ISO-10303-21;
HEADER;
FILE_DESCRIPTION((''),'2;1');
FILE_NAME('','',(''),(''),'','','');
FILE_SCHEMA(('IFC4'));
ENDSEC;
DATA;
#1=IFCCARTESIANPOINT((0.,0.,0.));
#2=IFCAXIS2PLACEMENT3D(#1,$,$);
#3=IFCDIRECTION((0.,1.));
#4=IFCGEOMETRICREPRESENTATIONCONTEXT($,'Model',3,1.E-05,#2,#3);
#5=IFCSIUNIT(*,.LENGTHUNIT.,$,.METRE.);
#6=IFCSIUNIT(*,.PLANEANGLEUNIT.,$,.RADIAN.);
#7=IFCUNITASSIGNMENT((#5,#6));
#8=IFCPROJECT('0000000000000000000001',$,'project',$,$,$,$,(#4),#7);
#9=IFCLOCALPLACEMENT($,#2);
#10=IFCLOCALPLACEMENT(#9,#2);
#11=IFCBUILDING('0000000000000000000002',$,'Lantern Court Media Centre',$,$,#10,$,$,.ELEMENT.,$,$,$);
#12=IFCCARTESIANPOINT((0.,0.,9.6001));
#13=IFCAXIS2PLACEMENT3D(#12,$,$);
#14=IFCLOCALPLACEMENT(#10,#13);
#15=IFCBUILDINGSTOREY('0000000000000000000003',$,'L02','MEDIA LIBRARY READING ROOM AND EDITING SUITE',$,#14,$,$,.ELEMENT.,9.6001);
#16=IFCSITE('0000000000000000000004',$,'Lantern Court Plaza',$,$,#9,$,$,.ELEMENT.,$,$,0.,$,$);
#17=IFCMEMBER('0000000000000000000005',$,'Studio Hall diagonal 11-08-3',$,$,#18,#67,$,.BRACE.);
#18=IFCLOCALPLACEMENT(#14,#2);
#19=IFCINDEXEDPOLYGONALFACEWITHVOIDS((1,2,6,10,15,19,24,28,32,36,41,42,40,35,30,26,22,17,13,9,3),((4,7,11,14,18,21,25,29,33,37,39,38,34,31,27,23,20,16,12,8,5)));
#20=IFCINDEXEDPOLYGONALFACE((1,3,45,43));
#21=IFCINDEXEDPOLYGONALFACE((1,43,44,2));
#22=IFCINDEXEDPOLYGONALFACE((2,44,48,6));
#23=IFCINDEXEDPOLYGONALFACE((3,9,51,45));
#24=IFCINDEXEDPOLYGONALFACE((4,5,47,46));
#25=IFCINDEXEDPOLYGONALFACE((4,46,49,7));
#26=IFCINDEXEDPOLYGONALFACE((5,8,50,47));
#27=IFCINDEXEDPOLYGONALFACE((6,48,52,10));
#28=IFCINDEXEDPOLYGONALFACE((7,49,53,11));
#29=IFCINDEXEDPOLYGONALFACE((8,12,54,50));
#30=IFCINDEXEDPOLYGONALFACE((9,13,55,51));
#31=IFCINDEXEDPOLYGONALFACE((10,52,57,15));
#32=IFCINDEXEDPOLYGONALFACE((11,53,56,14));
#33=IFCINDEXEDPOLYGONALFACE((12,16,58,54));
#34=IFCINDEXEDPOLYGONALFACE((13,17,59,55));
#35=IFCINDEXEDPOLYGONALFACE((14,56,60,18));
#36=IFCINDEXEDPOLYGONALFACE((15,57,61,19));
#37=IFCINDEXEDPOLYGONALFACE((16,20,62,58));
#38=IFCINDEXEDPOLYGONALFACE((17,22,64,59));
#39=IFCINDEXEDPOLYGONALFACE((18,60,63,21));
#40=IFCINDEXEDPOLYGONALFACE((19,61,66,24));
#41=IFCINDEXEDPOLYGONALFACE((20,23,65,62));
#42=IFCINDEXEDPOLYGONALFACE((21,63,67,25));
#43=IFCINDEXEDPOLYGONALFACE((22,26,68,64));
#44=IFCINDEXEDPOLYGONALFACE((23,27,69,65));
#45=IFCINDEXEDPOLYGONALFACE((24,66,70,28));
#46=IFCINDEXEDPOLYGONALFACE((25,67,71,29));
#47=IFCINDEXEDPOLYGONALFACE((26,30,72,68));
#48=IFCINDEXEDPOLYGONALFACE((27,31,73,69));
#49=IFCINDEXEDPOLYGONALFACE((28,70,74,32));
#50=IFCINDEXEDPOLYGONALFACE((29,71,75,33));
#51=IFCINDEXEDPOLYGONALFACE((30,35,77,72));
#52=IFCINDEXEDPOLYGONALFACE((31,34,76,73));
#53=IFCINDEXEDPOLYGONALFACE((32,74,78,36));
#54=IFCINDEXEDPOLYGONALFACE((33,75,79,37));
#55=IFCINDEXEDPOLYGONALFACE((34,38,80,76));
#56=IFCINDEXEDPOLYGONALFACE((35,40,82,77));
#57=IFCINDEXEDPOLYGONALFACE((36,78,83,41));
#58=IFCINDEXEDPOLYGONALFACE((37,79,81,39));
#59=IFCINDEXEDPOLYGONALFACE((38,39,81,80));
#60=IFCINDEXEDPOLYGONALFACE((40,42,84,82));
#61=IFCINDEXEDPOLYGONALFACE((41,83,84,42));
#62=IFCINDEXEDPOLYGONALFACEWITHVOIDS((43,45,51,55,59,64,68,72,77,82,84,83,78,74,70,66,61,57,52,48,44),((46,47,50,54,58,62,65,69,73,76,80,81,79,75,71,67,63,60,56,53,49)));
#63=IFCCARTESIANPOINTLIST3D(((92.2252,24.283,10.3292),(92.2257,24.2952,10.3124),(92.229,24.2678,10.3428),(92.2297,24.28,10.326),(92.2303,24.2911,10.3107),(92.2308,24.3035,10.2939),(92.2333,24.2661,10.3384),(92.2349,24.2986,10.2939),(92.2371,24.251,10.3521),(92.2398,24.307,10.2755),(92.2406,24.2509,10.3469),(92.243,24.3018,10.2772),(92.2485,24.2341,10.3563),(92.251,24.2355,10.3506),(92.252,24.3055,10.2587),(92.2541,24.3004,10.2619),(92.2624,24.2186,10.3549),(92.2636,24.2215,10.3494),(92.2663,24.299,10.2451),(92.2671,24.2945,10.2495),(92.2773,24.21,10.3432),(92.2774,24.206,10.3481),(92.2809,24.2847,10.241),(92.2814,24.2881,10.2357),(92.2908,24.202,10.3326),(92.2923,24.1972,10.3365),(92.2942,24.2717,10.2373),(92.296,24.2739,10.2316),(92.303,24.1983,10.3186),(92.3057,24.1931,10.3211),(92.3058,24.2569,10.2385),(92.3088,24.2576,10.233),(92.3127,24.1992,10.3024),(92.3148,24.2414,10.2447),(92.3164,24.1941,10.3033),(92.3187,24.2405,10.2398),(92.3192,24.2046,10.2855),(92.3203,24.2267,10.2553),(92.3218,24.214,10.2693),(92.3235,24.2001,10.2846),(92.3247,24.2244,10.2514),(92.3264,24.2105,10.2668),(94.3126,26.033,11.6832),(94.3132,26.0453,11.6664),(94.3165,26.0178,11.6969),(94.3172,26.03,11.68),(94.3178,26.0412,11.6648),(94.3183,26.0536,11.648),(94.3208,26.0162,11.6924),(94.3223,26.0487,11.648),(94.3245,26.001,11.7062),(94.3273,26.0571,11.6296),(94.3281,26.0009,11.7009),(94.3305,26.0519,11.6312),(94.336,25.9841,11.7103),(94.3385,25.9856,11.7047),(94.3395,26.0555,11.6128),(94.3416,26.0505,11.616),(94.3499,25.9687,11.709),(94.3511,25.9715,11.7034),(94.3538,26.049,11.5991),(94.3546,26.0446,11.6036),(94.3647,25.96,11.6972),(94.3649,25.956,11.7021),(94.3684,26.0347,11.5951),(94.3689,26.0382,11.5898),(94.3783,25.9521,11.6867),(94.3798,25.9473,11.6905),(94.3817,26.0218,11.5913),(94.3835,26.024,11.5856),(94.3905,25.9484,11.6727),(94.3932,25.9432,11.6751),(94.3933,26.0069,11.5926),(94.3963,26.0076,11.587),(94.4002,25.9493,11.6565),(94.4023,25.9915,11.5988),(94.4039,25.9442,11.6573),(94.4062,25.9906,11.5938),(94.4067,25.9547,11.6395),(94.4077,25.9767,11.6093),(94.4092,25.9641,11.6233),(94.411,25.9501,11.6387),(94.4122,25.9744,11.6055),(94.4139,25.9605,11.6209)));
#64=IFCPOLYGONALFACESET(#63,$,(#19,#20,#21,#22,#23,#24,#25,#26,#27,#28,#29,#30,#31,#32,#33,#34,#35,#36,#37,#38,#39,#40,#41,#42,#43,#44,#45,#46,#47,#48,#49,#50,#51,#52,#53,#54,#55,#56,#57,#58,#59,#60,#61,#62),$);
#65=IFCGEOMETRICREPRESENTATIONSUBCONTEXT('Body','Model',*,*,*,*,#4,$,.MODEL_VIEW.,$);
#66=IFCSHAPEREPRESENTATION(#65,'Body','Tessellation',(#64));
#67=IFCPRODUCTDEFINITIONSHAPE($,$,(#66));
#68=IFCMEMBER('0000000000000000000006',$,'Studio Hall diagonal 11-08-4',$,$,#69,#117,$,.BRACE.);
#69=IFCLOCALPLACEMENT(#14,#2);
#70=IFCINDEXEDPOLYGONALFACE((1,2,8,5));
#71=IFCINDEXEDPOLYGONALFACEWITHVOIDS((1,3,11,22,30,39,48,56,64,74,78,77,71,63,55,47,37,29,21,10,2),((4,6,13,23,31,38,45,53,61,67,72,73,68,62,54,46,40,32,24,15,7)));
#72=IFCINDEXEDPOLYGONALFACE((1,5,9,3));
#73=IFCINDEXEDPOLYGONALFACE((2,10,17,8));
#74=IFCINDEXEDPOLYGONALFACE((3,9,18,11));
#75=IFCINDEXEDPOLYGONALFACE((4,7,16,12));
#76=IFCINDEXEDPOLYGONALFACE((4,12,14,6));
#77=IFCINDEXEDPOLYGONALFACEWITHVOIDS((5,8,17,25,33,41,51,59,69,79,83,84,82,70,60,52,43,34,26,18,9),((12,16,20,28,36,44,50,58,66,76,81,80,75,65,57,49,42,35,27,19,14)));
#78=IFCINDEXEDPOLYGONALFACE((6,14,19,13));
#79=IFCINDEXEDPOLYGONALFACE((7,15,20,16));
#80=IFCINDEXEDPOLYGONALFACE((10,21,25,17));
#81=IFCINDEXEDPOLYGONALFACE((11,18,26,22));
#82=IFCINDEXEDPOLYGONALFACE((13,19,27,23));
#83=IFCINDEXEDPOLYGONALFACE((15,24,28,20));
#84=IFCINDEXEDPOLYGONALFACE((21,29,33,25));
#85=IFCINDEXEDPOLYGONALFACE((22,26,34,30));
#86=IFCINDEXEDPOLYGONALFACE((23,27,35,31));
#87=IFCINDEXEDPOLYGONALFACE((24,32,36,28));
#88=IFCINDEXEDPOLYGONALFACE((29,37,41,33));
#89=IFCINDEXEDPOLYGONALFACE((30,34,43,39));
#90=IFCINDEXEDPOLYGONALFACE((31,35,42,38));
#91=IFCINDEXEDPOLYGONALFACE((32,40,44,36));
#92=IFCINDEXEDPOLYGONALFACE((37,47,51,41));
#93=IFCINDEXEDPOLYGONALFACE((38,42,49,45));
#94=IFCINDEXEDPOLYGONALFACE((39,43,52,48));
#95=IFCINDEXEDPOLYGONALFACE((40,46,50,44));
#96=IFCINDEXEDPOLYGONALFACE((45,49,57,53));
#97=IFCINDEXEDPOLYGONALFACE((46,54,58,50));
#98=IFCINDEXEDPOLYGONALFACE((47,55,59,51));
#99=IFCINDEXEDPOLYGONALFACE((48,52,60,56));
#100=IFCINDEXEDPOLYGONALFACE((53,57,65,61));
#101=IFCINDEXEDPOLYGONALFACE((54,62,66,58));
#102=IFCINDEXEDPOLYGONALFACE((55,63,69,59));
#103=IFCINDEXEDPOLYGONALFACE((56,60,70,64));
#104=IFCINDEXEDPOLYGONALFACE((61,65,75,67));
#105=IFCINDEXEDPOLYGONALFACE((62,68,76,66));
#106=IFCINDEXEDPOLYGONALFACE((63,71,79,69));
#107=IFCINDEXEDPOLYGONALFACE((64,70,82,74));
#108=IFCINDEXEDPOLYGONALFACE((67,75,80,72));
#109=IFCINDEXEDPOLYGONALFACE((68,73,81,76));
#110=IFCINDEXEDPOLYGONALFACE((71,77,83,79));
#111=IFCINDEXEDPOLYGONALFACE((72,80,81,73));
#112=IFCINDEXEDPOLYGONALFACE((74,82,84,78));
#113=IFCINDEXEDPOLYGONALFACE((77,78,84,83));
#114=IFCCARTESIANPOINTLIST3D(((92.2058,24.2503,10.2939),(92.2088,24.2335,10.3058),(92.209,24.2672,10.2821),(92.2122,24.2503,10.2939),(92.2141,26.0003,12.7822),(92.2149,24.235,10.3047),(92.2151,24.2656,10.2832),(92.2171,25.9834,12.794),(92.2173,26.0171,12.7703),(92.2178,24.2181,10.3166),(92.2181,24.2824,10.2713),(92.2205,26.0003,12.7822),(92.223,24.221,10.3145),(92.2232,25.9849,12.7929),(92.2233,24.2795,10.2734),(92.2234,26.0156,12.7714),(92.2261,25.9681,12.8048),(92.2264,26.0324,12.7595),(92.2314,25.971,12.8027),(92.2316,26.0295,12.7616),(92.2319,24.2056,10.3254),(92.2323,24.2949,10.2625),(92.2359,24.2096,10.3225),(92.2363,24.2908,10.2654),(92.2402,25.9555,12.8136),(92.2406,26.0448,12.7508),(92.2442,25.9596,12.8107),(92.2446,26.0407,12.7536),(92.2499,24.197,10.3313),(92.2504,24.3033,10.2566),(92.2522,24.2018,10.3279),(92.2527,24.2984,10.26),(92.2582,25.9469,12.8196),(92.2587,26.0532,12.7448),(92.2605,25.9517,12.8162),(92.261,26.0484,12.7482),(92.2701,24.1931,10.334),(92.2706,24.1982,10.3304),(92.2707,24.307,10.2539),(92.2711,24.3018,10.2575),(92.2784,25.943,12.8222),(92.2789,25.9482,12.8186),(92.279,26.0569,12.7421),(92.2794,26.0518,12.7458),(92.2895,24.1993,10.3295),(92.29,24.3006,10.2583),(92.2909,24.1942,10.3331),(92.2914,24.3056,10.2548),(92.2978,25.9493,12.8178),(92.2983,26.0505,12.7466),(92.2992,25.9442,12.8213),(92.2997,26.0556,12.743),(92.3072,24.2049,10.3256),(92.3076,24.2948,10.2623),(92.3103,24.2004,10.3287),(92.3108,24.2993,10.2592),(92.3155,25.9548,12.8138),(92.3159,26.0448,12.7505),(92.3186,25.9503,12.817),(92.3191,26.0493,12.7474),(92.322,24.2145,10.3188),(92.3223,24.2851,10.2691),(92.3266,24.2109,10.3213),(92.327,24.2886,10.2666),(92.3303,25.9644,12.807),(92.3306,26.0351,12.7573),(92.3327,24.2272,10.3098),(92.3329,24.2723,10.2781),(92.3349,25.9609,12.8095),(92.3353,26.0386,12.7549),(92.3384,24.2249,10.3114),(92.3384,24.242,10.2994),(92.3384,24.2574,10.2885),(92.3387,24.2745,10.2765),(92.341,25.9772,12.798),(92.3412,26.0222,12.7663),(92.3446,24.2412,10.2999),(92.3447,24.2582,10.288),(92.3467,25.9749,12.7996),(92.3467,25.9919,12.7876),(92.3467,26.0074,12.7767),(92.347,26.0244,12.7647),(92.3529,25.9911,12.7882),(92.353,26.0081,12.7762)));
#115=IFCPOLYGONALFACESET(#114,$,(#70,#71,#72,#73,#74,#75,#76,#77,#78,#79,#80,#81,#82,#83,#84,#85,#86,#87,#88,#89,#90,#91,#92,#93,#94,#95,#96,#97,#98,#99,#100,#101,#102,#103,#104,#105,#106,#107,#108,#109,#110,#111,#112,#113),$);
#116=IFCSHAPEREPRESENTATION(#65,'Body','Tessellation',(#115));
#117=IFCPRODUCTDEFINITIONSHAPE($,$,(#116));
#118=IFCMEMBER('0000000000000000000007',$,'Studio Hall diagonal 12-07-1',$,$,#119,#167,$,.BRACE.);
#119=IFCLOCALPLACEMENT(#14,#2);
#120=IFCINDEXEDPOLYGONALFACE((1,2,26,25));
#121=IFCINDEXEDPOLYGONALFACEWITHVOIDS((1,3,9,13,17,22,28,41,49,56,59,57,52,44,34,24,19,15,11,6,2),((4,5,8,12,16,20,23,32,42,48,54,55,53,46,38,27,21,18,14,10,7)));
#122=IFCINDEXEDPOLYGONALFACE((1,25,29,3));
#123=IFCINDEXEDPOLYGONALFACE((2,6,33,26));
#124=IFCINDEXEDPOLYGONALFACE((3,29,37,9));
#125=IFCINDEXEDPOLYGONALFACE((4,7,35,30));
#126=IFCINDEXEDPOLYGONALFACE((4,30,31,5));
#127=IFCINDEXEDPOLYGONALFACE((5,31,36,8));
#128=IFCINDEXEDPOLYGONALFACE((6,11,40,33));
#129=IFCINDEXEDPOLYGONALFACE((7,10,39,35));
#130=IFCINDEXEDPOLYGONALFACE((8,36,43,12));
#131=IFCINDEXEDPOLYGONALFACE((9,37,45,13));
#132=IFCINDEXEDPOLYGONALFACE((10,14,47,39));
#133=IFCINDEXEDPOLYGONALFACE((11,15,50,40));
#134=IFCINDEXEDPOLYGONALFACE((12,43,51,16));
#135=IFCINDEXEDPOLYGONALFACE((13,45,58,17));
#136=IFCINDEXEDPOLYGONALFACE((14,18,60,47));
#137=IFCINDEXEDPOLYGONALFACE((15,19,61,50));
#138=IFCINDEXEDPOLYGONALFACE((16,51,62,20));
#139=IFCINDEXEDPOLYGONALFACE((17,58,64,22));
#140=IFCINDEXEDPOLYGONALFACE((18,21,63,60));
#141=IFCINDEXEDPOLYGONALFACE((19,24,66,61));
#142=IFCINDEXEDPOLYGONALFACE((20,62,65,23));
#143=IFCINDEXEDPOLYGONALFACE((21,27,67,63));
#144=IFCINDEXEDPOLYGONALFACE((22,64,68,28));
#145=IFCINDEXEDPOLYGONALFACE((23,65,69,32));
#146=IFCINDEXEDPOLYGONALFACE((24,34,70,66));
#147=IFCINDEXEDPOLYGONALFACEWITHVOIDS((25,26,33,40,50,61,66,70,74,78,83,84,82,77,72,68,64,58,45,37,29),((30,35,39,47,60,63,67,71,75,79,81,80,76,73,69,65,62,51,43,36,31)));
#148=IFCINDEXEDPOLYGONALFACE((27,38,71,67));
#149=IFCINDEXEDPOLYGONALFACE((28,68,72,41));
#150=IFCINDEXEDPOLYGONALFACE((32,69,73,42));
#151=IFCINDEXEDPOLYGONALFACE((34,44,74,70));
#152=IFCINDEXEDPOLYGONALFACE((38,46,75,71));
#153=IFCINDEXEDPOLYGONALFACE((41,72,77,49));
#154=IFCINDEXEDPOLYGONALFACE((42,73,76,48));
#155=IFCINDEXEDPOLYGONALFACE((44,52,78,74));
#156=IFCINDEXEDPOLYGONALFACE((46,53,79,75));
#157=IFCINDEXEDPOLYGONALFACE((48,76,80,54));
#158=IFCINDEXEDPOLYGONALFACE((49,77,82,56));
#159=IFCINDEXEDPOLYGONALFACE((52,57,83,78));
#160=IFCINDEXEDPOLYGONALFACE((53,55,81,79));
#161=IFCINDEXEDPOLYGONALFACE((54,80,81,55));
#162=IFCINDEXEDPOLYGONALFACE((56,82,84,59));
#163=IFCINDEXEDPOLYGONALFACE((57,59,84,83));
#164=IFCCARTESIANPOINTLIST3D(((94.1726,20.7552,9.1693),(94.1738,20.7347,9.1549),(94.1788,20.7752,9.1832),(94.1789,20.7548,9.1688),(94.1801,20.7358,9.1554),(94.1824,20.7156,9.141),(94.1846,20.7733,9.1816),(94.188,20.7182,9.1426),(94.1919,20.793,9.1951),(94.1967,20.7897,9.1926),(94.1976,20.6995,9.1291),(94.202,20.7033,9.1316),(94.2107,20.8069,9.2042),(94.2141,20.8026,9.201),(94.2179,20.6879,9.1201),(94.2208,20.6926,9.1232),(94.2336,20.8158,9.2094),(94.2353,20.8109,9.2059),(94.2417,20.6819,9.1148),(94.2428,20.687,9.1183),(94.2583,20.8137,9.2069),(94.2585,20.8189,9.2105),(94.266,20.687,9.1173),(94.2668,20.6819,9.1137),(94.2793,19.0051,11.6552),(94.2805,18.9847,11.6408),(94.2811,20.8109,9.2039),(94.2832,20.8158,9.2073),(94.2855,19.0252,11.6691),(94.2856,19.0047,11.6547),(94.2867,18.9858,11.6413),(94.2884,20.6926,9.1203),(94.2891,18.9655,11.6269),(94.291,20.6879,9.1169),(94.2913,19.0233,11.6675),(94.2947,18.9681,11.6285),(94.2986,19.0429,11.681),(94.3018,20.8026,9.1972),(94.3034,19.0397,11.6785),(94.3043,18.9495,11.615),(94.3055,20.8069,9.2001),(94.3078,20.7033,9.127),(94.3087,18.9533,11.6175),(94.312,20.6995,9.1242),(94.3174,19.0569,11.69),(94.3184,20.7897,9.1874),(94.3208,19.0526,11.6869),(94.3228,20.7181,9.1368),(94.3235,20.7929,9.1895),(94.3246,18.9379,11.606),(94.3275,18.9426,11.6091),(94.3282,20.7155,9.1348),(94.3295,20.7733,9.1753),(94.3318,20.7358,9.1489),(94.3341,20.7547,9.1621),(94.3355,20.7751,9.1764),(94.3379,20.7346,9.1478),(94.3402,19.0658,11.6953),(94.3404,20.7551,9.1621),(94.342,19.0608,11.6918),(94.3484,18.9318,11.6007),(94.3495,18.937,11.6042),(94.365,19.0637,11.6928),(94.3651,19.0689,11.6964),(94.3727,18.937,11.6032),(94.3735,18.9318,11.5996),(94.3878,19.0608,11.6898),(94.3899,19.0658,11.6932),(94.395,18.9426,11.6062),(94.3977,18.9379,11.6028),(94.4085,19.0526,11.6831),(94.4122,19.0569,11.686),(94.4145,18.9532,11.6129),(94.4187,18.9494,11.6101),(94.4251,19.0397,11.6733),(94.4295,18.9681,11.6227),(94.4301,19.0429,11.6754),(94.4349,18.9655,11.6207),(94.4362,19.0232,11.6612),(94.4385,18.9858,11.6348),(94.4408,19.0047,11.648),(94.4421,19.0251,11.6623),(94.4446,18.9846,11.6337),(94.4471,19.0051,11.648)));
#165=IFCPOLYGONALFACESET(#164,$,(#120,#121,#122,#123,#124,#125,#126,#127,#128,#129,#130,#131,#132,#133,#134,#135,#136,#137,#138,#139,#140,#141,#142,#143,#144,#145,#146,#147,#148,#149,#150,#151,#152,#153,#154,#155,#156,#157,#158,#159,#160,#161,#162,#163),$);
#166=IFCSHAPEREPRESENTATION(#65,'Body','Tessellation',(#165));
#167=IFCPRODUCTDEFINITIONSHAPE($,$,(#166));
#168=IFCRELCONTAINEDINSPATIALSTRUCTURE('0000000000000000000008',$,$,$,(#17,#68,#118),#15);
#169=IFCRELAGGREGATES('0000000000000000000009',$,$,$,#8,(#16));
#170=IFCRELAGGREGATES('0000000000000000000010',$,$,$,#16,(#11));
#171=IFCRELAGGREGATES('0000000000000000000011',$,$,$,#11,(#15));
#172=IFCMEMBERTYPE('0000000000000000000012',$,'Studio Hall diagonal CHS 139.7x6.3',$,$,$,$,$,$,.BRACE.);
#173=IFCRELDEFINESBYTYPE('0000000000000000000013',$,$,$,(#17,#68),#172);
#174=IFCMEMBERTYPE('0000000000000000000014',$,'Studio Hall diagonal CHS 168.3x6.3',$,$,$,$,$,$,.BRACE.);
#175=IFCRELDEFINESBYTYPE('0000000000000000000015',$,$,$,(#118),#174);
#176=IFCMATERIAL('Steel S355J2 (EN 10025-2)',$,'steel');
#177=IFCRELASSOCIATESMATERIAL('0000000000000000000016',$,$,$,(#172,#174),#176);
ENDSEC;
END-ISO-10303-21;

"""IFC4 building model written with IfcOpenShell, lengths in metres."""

from ifc_helpers import new_model, si_unit, direction, frame, origin, origin_2d, place, context, subcontext, project, spatial, hollow_circle, extrude, material, material_profile, profile_set, type_object, element, save


model = new_model("IFC4")

# Units and contexts
model_context = context("Model", 3, precision=1e-05, world=origin(), true_north=direction((0.0, 1.0)))
body_context = subcontext(model_context, "Body", "Model", "MODEL_VIEW")
ifc_project = project(units=[si_unit("LENGTHUNIT", "METRE"), si_unit("PLANEANGLEUNIT", "RADIAN")], contexts=[model_context])

# Site, building, storey
site_placement = place(None, origin())
site = spatial("IfcSite", under=ifc_project, at=site_placement, Name="Lantern Court Plaza", CompositionType="ELEMENT", RefElevation=0.0)
building_placement = place(site_placement, origin())
building = spatial("IfcBuilding", under=site, at=building_placement, Name="Lantern Court Media Centre", CompositionType="ELEMENT")
storey_placement = place(building_placement, frame((0.0, 0.0, 9.6001)))
storey = spatial("IfcBuildingStorey", under=building, at=storey_placement, Name="L02", Description="MEDIA LIBRARY READING ROOM AND EDITING SUITE", CompositionType="ELEMENT", Elevation=9.6001)

# Members
ifc_material = material(Name="Steel S355J2 (EN 10025-2)", Category="steel")
ifc_material_profile_1 = material_profile(ifc_material, hollow_circle(Radius=0.0698, WallThickness=0.0063, at=origin_2d()), Name="Studio Hall diagonal CHS 139.7x6.3")
ifc_profile_set_1 = profile_set([ifc_material_profile_1], Name="Steel S355J2 (EN 10025-2)")
member_type_1 = type_object("IfcMemberType", Name="Studio Hall diagonal CHS 139.7x6.3", PredefinedType="BRACE", material=ifc_profile_set_1)
for number, where, z_axis, x_axis, name in (
    (1, (92.2756, 24.25, 10.2939), (0.68622, 0.575301, 0.44512), (-0.642456, 0.766322, 0.0), "Studio Hall diagonal 11-08-3"),
    (2, (92.2756, 24.25, 10.2939), (0.002729, 0.575269, 0.81796), (-0.999989, 0.004743, 0.0), "Studio Hall diagonal 11-08-4"),
):
    element("IfcMember", number, at=place(storey_placement, frame(where, z_axis=z_axis, x_axis=x_axis)), inside=storey, type_object=member_type_1, Name=name, PredefinedType="BRACE", context=body_context, shape_type="SweptSolid", body=[
        extrude(hollow_circle(Radius=0.0698, WallThickness=0.0063, at=origin_2d()), origin(), (0.0, 0.0, 1.0), 3.042),
    ])
ifc_material_profile_2 = material_profile(ifc_material, hollow_circle(Radius=0.0842, WallThickness=0.0063, at=origin_2d()), Name="Studio Hall diagonal CHS 168.3x6.3")
ifc_profile_set_2 = profile_set([ifc_material_profile_2], Name="Steel S355J2 (EN 10025-2)")
member_type_2 = type_object("IfcMemberType", Name="Studio Hall diagonal CHS 168.3x6.3", PredefinedType="BRACE", material=ifc_profile_set_2)
for number, where, z_axis, x_axis, name in (
    (3, (94.2563, 20.75, 9.1621), (0.035073, -0.575294, 0.817194), (0.998147, 0.060852, 0.0), "Studio Hall diagonal 12-07-1"),
):
    element("IfcMember", number, at=place(storey_placement, frame(where, z_axis=z_axis, x_axis=x_axis)), inside=storey, type_object=member_type_2, Name=name, PredefinedType="BRACE", context=body_context, shape_type="SweptSolid", body=[
        extrude(hollow_circle(Radius=0.0842, WallThickness=0.0063, at=origin_2d()), origin(), (0.0, 0.0, 1.0), 3.042),
    ])

save(model, "model.ifc")
